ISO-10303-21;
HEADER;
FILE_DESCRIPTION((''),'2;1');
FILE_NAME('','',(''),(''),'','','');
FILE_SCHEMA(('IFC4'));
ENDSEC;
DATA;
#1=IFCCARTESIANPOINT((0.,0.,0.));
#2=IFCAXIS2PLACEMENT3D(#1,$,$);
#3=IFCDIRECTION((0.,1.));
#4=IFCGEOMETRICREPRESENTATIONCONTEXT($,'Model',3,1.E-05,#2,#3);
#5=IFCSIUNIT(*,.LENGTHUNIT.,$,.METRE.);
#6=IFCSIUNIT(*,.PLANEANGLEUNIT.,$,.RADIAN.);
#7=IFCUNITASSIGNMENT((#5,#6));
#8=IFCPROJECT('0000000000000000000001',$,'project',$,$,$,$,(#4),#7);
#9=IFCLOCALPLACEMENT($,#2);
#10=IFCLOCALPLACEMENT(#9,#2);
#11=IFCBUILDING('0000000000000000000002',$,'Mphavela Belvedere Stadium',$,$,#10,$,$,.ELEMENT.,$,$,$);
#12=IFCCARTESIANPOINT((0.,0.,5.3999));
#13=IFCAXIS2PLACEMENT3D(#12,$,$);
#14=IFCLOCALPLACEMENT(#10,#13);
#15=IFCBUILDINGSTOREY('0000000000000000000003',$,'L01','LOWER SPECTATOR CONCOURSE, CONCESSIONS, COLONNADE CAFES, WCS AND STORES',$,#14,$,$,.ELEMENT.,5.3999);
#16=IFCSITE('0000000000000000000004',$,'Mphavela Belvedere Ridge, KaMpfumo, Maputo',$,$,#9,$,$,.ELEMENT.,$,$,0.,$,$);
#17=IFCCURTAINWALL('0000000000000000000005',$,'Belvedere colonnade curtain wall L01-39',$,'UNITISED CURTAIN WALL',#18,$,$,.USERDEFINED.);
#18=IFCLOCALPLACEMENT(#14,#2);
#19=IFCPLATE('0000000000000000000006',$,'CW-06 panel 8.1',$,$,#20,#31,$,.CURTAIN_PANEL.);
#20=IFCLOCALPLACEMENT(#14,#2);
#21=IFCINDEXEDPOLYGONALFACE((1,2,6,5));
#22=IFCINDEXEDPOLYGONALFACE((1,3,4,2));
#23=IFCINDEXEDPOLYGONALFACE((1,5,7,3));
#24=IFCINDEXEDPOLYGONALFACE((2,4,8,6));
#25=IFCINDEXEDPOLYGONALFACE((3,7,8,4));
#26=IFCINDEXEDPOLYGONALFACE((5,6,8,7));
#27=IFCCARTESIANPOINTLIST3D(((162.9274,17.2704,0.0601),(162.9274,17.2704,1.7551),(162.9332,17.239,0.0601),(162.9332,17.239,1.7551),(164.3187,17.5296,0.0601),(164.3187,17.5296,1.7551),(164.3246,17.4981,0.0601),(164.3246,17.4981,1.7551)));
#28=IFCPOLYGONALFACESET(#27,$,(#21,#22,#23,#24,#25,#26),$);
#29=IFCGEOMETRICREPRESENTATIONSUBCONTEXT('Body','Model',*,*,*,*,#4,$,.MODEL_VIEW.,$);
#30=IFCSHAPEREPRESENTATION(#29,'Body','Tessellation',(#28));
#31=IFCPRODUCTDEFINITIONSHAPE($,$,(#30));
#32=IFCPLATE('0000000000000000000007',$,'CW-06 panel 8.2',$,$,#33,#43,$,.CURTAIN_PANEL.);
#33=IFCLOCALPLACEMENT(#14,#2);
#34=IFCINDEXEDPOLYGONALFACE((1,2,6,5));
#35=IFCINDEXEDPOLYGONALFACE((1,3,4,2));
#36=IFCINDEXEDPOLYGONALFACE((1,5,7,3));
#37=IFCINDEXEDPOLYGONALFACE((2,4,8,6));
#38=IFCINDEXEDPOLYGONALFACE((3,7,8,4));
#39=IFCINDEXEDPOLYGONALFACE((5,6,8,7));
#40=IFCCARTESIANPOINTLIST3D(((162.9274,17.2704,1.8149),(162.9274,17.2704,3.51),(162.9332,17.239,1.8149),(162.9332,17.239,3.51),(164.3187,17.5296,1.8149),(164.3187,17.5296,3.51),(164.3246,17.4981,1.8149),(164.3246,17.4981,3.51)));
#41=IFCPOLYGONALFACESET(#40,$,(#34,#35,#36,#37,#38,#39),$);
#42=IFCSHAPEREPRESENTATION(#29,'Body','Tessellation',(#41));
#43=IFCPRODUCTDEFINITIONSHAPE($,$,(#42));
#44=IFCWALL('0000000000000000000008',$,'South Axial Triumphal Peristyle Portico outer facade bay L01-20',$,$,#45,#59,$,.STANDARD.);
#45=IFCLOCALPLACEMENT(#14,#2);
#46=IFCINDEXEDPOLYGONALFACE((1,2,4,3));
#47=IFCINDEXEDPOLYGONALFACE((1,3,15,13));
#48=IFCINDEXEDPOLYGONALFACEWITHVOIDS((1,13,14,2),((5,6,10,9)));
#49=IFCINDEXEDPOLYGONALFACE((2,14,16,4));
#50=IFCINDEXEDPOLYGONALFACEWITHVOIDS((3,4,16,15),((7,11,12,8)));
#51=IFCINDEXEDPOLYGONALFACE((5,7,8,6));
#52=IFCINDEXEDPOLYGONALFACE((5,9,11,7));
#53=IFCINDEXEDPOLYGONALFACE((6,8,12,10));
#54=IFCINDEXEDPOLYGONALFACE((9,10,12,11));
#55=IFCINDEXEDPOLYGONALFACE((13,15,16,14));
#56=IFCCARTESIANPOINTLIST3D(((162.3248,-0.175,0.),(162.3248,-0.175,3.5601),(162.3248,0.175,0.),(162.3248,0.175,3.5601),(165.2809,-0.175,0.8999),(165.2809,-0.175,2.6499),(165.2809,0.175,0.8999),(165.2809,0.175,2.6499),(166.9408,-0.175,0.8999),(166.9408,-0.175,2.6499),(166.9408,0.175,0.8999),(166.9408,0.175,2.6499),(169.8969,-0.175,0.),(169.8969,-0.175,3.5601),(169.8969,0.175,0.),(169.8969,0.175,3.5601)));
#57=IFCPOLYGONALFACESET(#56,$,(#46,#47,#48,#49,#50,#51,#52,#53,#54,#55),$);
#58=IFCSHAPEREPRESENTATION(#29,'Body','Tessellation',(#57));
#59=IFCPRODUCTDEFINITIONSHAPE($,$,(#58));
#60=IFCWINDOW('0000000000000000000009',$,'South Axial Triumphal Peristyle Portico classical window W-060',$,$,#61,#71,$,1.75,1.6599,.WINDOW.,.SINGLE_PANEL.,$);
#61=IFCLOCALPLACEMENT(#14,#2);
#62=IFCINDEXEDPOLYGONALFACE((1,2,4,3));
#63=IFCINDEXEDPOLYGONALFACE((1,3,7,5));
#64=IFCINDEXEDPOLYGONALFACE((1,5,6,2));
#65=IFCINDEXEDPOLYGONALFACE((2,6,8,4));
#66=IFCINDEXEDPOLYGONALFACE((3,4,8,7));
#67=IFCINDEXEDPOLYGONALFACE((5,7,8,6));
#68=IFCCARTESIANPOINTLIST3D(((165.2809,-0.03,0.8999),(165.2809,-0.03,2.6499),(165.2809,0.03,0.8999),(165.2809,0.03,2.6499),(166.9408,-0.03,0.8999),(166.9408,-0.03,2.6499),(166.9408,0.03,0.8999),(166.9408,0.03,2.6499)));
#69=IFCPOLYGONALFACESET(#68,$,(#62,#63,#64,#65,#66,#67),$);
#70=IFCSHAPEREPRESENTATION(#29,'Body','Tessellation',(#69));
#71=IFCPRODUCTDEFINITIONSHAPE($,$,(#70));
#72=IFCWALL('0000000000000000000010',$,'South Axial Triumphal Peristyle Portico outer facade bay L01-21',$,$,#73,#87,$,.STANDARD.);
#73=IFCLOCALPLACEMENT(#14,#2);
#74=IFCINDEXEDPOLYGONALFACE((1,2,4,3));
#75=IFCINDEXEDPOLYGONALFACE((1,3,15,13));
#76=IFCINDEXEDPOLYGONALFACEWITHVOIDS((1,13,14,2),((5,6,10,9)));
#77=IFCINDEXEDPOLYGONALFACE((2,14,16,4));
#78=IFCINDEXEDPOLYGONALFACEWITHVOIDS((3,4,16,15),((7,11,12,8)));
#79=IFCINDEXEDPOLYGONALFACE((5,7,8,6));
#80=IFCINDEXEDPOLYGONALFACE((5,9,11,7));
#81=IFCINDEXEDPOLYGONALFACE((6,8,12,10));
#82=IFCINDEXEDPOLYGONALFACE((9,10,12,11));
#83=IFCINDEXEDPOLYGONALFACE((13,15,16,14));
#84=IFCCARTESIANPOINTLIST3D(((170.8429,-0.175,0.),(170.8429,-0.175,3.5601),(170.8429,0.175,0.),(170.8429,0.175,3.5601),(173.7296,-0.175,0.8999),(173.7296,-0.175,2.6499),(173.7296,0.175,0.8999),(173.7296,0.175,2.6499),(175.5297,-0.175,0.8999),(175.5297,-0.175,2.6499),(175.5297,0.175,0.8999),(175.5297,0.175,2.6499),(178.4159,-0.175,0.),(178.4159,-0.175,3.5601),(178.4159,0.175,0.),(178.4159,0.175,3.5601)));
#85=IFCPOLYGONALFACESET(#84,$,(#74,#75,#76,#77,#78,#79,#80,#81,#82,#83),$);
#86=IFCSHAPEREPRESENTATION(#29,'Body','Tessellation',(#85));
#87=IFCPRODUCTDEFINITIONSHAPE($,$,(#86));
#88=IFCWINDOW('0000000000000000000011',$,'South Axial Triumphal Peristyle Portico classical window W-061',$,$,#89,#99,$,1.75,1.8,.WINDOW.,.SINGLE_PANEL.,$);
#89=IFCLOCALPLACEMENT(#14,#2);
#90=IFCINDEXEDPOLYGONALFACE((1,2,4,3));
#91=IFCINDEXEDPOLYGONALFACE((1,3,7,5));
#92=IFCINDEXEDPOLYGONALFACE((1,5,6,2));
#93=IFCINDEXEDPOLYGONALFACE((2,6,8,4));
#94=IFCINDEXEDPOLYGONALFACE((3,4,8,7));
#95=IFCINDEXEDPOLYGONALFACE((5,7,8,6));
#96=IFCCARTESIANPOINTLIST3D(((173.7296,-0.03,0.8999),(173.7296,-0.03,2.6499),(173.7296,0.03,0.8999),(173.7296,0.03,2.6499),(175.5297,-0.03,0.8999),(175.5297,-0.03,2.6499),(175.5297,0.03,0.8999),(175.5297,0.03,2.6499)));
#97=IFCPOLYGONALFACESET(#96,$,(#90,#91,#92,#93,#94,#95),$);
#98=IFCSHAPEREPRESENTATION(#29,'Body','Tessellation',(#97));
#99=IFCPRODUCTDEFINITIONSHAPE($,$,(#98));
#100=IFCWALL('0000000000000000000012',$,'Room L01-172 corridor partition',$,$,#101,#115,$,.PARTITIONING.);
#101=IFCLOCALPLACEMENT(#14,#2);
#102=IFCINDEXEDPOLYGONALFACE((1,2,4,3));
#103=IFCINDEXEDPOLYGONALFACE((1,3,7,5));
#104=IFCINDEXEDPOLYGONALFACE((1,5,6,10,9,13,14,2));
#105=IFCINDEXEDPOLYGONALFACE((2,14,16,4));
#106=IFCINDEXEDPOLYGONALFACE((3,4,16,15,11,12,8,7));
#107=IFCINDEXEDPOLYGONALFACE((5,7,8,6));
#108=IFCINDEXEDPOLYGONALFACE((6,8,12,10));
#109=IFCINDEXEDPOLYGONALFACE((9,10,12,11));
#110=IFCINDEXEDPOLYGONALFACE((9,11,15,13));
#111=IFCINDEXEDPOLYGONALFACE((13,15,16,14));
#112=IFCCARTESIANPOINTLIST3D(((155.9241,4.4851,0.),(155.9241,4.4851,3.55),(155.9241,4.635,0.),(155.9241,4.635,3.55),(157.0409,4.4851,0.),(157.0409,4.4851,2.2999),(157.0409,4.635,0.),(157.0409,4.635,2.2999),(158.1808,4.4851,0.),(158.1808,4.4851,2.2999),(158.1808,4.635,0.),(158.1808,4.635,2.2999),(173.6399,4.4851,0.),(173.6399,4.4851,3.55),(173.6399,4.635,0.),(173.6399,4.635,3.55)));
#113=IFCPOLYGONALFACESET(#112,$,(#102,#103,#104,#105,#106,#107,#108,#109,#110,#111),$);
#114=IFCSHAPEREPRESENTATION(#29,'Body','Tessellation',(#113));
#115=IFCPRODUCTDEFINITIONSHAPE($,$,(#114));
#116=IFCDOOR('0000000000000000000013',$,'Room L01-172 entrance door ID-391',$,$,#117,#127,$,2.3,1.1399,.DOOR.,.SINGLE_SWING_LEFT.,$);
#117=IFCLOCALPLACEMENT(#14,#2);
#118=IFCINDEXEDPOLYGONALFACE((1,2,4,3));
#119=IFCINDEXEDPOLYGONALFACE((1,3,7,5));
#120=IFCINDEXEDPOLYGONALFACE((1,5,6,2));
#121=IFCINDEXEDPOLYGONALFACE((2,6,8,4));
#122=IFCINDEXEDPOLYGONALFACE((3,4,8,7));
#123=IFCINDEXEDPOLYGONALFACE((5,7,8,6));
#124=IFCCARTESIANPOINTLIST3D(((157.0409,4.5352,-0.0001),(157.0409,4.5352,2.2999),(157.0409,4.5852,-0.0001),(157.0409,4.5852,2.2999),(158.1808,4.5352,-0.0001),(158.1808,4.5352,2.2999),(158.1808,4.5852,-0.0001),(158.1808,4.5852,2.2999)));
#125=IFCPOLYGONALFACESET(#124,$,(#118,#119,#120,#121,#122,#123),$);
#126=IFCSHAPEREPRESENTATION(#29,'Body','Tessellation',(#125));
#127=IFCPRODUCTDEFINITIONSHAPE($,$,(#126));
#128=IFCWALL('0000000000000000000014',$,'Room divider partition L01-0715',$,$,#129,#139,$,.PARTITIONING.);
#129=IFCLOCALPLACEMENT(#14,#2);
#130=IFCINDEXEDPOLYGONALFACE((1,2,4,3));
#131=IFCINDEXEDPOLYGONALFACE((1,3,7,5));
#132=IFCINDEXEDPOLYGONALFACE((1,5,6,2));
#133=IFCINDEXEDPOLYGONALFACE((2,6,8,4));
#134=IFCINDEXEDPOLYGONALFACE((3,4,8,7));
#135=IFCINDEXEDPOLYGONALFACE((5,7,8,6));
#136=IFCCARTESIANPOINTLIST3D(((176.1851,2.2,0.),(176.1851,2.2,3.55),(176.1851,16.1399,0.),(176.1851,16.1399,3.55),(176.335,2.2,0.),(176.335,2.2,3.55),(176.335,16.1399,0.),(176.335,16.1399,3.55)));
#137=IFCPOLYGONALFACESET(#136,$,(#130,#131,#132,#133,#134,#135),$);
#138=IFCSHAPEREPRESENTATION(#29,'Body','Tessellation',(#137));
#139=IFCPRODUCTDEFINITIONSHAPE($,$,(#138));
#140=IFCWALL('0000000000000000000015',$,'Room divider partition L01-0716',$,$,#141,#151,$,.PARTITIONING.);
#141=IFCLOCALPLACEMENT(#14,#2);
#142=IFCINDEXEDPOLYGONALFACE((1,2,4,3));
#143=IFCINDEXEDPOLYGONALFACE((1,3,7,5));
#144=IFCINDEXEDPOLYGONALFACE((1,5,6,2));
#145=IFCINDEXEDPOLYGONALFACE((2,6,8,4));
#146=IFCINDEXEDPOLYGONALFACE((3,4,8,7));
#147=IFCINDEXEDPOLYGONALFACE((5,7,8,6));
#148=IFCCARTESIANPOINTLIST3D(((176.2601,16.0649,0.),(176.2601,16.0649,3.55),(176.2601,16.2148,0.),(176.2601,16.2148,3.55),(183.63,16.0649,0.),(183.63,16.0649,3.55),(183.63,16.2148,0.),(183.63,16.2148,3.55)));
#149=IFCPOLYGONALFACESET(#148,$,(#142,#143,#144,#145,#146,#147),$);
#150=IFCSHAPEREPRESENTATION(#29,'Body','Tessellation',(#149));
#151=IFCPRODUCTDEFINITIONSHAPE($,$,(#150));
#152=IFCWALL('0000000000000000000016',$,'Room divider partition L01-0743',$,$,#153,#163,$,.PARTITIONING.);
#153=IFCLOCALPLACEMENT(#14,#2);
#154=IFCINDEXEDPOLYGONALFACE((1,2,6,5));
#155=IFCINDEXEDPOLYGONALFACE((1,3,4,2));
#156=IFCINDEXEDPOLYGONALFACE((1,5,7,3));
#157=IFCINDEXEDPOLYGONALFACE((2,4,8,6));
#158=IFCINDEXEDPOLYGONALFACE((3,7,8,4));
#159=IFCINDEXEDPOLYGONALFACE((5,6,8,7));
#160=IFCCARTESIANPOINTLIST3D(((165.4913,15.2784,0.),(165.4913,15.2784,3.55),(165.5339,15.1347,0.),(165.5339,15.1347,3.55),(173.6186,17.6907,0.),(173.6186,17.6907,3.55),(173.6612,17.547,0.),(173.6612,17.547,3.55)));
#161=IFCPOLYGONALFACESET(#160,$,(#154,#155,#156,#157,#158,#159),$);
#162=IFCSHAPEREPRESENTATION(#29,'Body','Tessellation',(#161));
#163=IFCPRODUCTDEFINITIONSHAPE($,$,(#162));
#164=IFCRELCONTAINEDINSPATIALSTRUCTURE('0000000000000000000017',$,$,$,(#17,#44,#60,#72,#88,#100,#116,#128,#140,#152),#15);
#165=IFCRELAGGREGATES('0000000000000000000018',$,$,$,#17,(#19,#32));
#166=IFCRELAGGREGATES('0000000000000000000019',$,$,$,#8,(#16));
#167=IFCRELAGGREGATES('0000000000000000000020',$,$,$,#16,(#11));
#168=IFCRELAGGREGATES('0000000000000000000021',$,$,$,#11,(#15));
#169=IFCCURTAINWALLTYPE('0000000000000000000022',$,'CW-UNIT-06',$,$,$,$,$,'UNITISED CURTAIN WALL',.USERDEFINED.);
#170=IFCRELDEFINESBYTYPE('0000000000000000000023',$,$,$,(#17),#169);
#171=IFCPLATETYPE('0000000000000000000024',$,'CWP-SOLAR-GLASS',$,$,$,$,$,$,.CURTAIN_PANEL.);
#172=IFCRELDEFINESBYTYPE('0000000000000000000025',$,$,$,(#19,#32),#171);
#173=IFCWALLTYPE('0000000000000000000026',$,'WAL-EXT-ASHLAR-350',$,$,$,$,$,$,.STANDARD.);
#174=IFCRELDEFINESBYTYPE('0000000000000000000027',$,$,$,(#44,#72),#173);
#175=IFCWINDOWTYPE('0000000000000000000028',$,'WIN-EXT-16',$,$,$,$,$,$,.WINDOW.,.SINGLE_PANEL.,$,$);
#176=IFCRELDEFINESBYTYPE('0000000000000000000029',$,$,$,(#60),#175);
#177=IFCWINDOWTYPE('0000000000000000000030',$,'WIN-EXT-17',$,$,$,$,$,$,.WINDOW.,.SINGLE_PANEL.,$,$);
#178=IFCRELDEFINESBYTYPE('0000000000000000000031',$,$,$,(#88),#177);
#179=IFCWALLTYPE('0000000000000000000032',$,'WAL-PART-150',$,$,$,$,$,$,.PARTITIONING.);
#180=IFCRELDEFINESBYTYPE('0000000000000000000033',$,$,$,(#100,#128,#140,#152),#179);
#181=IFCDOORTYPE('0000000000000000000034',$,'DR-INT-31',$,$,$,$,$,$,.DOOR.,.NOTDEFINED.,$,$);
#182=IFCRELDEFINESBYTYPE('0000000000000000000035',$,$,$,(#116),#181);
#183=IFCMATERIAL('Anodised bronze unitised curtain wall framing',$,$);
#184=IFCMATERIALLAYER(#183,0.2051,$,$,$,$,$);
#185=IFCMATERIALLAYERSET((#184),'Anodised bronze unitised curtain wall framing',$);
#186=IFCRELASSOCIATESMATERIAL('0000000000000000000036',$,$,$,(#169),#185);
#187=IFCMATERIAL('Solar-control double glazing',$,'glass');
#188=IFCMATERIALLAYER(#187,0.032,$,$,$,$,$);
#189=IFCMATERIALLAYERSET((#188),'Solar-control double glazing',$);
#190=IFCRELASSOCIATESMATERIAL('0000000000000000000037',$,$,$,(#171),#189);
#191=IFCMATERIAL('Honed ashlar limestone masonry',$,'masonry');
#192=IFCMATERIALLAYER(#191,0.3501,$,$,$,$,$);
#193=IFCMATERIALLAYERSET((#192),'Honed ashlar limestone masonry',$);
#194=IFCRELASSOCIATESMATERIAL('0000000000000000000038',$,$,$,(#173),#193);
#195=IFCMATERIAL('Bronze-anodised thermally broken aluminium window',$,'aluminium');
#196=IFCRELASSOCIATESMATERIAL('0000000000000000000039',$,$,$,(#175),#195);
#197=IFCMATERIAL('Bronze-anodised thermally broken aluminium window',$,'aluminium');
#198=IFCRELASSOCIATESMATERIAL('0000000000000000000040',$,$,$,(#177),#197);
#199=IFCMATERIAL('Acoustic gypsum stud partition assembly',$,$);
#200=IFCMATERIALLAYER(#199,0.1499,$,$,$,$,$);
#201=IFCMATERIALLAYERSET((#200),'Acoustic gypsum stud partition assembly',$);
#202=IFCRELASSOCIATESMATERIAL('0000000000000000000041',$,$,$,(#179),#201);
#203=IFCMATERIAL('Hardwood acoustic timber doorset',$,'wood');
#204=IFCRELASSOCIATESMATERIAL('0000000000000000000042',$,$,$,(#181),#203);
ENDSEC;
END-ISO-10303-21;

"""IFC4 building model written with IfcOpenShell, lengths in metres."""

from ifc_helpers import new_model, si_unit, direction, frame, frame_2d, origin, origin_2d, place, context, subcontext, project, spatial, rectangle, extrude, material, layer, layer_set, type_object, element, fill, aggregate, save


model = new_model("IFC4")

# Units and contexts
model_context = context("Model", 3, precision=1e-05, world=origin(), true_north=direction((0.0, 1.0)))
body_context = subcontext(model_context, "Body", "Model", "MODEL_VIEW")
ifc_project = project(units=[si_unit("LENGTHUNIT", "METRE"), si_unit("PLANEANGLEUNIT", "RADIAN")], contexts=[model_context])

# Site, building, storey
site_placement = place(None, origin())
site = spatial("IfcSite", under=ifc_project, at=site_placement, Name="Mphavela Belvedere Ridge, KaMpfumo, Maputo", CompositionType="ELEMENT", RefElevation=0.0)
building_placement = place(site_placement, origin())
building = spatial("IfcBuilding", under=site, at=building_placement, Name="Mphavela Belvedere Stadium", CompositionType="ELEMENT")
storey_placement = place(building_placement, frame((0.0, 0.0, 5.3999)))
storey = spatial("IfcBuildingStorey", under=building, at=storey_placement, Name="L01", Description="LOWER SPECTATOR CONCOURSE, CONCESSIONS, COLONNADE CAFES, WCS AND STORES", CompositionType="ELEMENT", Elevation=5.3999)

# Curtain wall, plates
ifc_material_1 = material(Name="Anodised bronze unitised curtain wall framing")
ifc_layer_1 = layer(ifc_material_1, 0.2051)
ifc_layer_set_1 = layer_set([ifc_layer_1], Name="Anodised bronze unitised curtain wall framing")
curtain_wall_type = type_object("IfcCurtainWallType", Name="CW-UNIT-06", ElementType="UNITISED CURTAIN WALL", PredefinedType="USERDEFINED", material=ifc_layer_set_1)
curtain_wall_placement = place(storey_placement, origin())
curtain_wall = element("IfcCurtainWall", 1, at=curtain_wall_placement, inside=storey, type_object=curtain_wall_type, Name="Belvedere colonnade curtain wall L01-39", ObjectType="UNITISED CURTAIN WALL", PredefinedType="USERDEFINED")
ifc_material_2 = material(Name="Solar-control double glazing", Category="glass")
ifc_layer_2 = layer(ifc_material_2, 0.032)
ifc_layer_set_2 = layer_set([ifc_layer_2], Name="Solar-control double glazing")
plate_type = type_object("IfcPlateType", Name="CWP-SOLAR-GLASS", PredefinedType="CURTAIN_PANEL", material=ifc_layer_set_2)
plate_1_placement = place(storey_placement, frame((163.626, 17.3843, 0.0601), z_axis=(0.0, 0.0, 1.0), x_axis=(0.983095, 0.183095, 0.0)))
plate_1 = element("IfcPlate", 2, at=plate_1_placement, type_object=plate_type, Name="CW-06 panel 8.1", PredefinedType="CURTAIN_PANEL", context=body_context, shape_type="SweptSolid", body=[
    extrude(rectangle(XDim=1.4153, YDim=0.032, at=origin_2d()), origin(), (0.0, 0.0, 1.0), 1.6951),
])
plate_2_placement = place(storey_placement, frame((163.626, 17.3843, 1.8149), z_axis=(0.0, 0.0, 1.0), x_axis=(0.983095, 0.183095, 0.0)))
plate_2 = element("IfcPlate", 3, at=plate_2_placement, type_object=plate_type, Name="CW-06 panel 8.2", PredefinedType="CURTAIN_PANEL", context=body_context, shape_type="SweptSolid", body=[
    extrude(rectangle(XDim=1.4153, YDim=0.032, at=origin_2d()), origin(), (0.0, 0.0, 1.0), 1.6951),
])
aggregate(curtain_wall, [plate_1, plate_2])

# Walls, openings, windows
ifc_material_3 = material(Name="Honed ashlar limestone masonry", Category="masonry")
ifc_layer_3 = layer(ifc_material_3, 0.3501)
ifc_layer_set_3 = layer_set([ifc_layer_3], Name="Honed ashlar limestone masonry")
wall_type_1 = type_object("IfcWallType", Name="WAL-EXT-ASHLAR-350", PredefinedType="STANDARD", material=ifc_layer_set_3)
wall_1_placement = place(storey_placement, frame((169.897, 0.0, 0.0), z_axis=(0.0, 0.0, 1.0), x_axis=(-1.0, 0.0, 0.0)))
wall_1 = element("IfcWall", 4, at=wall_1_placement, inside=storey, type_object=wall_type_1, Name="South Axial Triumphal Peristyle Portico outer facade bay L01-20", PredefinedType="STANDARD", context=body_context, shape_type="SweptSolid", body=[
    extrude(rectangle(XDim=7.572, YDim=0.3501, at=frame_2d((3.7861, 0.0))), origin(), (0.0, 0.0, 1.0), 3.5601),
])
opening_1_placement = place(wall_1_placement, frame((2.9561, 0.0, 0.8999)))
opening_1 = element("IfcOpeningElement", 5, at=opening_1_placement, cuts=wall_1, PredefinedType="OPENING", context=body_context, shape_type="SweptSolid", body=[
    extrude(rectangle(XDim=1.6599, YDim=1.75, at=frame_2d((0.8301, 0.875))), frame((0.0, 0.1851, 0.0), z_axis=(0.0, -1.0, 0.0), x_axis=(1.0, 0.0, 0.0)), (0.0, 0.0, 1.0), 0.3701),
])
ifc_material_4 = material(Name="Bronze-anodised thermally broken aluminium window", Category="aluminium")
window_type_1 = type_object("IfcWindowType", Name="WIN-EXT-16", PartitioningType="SINGLE_PANEL", PredefinedType="WINDOW", material=ifc_material_4)
window_1_placement = place(opening_1_placement, origin())
window_1 = element("IfcWindow", 6, at=window_1_placement, inside=storey, type_object=window_type_1, Name="South Axial Triumphal Peristyle Portico classical window W-060", OverallHeight=1.75, OverallWidth=1.6599, PartitioningType="SINGLE_PANEL", PredefinedType="WINDOW", context=body_context, shape_type="SweptSolid", body=[
    extrude(rectangle(XDim=1.6599, YDim=1.75, at=frame_2d((0.8301, 0.875))), frame((0.0, 0.03, 0.0), z_axis=(0.0, -1.0, 0.0), x_axis=(1.0, 0.0, 0.0)), (0.0, 0.0, 1.0), 0.0601),
])
fill(opening_1, window_1)
wall_2_placement = place(storey_placement, frame((178.416, 0.0, 0.0), z_axis=(0.0, 0.0, 1.0), x_axis=(-1.0, 0.0, 0.0)))
wall_2 = element("IfcWall", 7, at=wall_2_placement, inside=storey, type_object=wall_type_1, Name="South Axial Triumphal Peristyle Portico outer facade bay L01-21", PredefinedType="STANDARD", context=body_context, shape_type="SweptSolid", body=[
    extrude(rectangle(XDim=7.573, YDim=0.3501, at=frame_2d((3.7866, 0.0))), origin(), (0.0, 0.0, 1.0), 3.5601),
])
opening_2_placement = place(wall_2_placement, frame((2.8865, 0.0, 0.8999)))
opening_2 = element("IfcOpeningElement", 8, at=opening_2_placement, cuts=wall_2, PredefinedType="OPENING", context=body_context, shape_type="SweptSolid", body=[
    extrude(rectangle(XDim=1.8, YDim=1.75, at=frame_2d((0.8999, 0.875))), frame((0.0, 0.1851, 0.0), z_axis=(0.0, -1.0, 0.0), x_axis=(1.0, 0.0, 0.0)), (0.0, 0.0, 1.0), 0.3701),
])
ifc_material_5 = material(Name="Bronze-anodised thermally broken aluminium window", Category="aluminium")
window_type_2 = type_object("IfcWindowType", Name="WIN-EXT-17", PartitioningType="SINGLE_PANEL", PredefinedType="WINDOW", material=ifc_material_5)
window_2_placement = place(opening_2_placement, origin())
window_2 = element("IfcWindow", 9, at=window_2_placement, inside=storey, type_object=window_type_2, Name="South Axial Triumphal Peristyle Portico classical window W-061", OverallHeight=1.75, OverallWidth=1.8, PartitioningType="SINGLE_PANEL", PredefinedType="WINDOW", context=body_context, shape_type="SweptSolid", body=[
    extrude(rectangle(XDim=1.8, YDim=1.75, at=frame_2d((0.8999, 0.875))), frame((0.0, 0.03, 0.0), z_axis=(0.0, -1.0, 0.0), x_axis=(1.0, 0.0, 0.0)), (0.0, 0.0, 1.0), 0.0601),
])
fill(opening_2, window_2)

# Wall, opening, door
ifc_material_6 = material(Name="Acoustic gypsum stud partition assembly")
ifc_layer_4 = layer(ifc_material_6, 0.1499)
ifc_layer_set_4 = layer_set([ifc_layer_4], Name="Acoustic gypsum stud partition assembly")
wall_type_2 = type_object("IfcWallType", Name="WAL-PART-150", PredefinedType="PARTITIONING", material=ifc_layer_set_4)
wall_3_placement = place(storey_placement, frame((173.6399, 4.5601, 0.0), z_axis=(0.0, 0.0, 1.0), x_axis=(-1.0, 0.0, 0.0)))
wall_3 = element("IfcWall", 10, at=wall_3_placement, inside=storey, type_object=wall_type_2, Name="Room L01-172 corridor partition", PredefinedType="PARTITIONING", context=body_context, shape_type="SweptSolid", body=[
    extrude(rectangle(XDim=17.7158, YDim=0.1499, at=frame_2d((8.8579, 0.0))), origin(), (0.0, 0.0, 1.0), 3.55),
])
opening_3_placement = place(wall_3_placement, frame((15.4592, 0.0, 0.0)))
opening_3 = element("IfcOpeningElement", 11, at=opening_3_placement, cuts=wall_3, PredefinedType="OPENING", context=body_context, shape_type="SweptSolid", body=[
    extrude(rectangle(XDim=1.1399, YDim=2.3, at=frame_2d((0.5698, 1.1499))), frame((0.0, 0.085, 0.0), z_axis=(0.0, -1.0, 0.0), x_axis=(1.0, 0.0, 0.0)), (0.0, 0.0, 1.0), 0.1699),
])
ifc_material_7 = material(Name="Hardwood acoustic timber doorset", Category="wood")
door_type = type_object("IfcDoorType", Name="DR-INT-31", OperationType="NOTDEFINED", PredefinedType="DOOR", material=ifc_material_7)
door_placement = place(opening_3_placement, origin())
door = element("IfcDoor", 12, at=door_placement, inside=storey, type_object=door_type, Name="Room L01-172 entrance door ID-391", OperationType="SINGLE_SWING_LEFT", OverallHeight=2.3, OverallWidth=1.1399, PredefinedType="DOOR", context=body_context, shape_type="SweptSolid", body=[
    extrude(rectangle(XDim=1.1399, YDim=2.3, at=frame_2d((0.5698, 1.1499))), frame((0.0, 0.0249, 0.0), z_axis=(0.0, -1.0, 0.0), x_axis=(1.0, 0.0, 0.0)), (0.0, 0.0, 1.0), 0.05),
])
fill(opening_3, door)

# Walls
wall_4_placement = place(storey_placement, frame((176.26, 2.2, 0.0), z_axis=(0.0, 0.0, 1.0), x_axis=(0.0, 1.0, 0.0)))
element("IfcWall", 13, at=wall_4_placement, inside=storey, type_object=wall_type_2, Name="Room divider partition L01-0715", PredefinedType="PARTITIONING", context=body_context, shape_type="SweptSolid", body=[
    extrude(rectangle(XDim=13.9399, YDim=0.1499, at=frame_2d((6.97, 0.0))), origin(), (0.0, 0.0, 1.0), 3.55),
])
wall_5_placement = place(storey_placement, frame((176.26, 16.1399, 0.0), z_axis=(0.0, 0.0, 1.0), x_axis=(1.0, 0.0, 0.0)))
element("IfcWall", 14, at=wall_5_placement, inside=storey, type_object=wall_type_2, Name="Room divider partition L01-0716", PredefinedType="PARTITIONING", context=body_context, shape_type="SweptSolid", body=[
    extrude(rectangle(XDim=7.3699, YDim=0.1499, at=frame_2d((3.6851, 0.0))), origin(), (0.0, 0.0, 1.0), 3.55),
])
wall_6_placement = place(storey_placement, frame((165.5127, 15.2065, 0.0), z_axis=(0.0, 0.0, 1.0), x_axis=(0.95866, 0.284554, 0.0)))
element("IfcWall", 15, at=wall_6_placement, inside=storey, type_object=wall_type_2, Name="Room divider partition L01-0743", PredefinedType="PARTITIONING", context=body_context, shape_type="SweptSolid", body=[
    extrude(rectangle(XDim=8.4778, YDim=0.1499, at=frame_2d((4.2388, 0.0))), origin(), (0.0, 0.0, 1.0), 3.55),
])

save(model, "model.ifc")
